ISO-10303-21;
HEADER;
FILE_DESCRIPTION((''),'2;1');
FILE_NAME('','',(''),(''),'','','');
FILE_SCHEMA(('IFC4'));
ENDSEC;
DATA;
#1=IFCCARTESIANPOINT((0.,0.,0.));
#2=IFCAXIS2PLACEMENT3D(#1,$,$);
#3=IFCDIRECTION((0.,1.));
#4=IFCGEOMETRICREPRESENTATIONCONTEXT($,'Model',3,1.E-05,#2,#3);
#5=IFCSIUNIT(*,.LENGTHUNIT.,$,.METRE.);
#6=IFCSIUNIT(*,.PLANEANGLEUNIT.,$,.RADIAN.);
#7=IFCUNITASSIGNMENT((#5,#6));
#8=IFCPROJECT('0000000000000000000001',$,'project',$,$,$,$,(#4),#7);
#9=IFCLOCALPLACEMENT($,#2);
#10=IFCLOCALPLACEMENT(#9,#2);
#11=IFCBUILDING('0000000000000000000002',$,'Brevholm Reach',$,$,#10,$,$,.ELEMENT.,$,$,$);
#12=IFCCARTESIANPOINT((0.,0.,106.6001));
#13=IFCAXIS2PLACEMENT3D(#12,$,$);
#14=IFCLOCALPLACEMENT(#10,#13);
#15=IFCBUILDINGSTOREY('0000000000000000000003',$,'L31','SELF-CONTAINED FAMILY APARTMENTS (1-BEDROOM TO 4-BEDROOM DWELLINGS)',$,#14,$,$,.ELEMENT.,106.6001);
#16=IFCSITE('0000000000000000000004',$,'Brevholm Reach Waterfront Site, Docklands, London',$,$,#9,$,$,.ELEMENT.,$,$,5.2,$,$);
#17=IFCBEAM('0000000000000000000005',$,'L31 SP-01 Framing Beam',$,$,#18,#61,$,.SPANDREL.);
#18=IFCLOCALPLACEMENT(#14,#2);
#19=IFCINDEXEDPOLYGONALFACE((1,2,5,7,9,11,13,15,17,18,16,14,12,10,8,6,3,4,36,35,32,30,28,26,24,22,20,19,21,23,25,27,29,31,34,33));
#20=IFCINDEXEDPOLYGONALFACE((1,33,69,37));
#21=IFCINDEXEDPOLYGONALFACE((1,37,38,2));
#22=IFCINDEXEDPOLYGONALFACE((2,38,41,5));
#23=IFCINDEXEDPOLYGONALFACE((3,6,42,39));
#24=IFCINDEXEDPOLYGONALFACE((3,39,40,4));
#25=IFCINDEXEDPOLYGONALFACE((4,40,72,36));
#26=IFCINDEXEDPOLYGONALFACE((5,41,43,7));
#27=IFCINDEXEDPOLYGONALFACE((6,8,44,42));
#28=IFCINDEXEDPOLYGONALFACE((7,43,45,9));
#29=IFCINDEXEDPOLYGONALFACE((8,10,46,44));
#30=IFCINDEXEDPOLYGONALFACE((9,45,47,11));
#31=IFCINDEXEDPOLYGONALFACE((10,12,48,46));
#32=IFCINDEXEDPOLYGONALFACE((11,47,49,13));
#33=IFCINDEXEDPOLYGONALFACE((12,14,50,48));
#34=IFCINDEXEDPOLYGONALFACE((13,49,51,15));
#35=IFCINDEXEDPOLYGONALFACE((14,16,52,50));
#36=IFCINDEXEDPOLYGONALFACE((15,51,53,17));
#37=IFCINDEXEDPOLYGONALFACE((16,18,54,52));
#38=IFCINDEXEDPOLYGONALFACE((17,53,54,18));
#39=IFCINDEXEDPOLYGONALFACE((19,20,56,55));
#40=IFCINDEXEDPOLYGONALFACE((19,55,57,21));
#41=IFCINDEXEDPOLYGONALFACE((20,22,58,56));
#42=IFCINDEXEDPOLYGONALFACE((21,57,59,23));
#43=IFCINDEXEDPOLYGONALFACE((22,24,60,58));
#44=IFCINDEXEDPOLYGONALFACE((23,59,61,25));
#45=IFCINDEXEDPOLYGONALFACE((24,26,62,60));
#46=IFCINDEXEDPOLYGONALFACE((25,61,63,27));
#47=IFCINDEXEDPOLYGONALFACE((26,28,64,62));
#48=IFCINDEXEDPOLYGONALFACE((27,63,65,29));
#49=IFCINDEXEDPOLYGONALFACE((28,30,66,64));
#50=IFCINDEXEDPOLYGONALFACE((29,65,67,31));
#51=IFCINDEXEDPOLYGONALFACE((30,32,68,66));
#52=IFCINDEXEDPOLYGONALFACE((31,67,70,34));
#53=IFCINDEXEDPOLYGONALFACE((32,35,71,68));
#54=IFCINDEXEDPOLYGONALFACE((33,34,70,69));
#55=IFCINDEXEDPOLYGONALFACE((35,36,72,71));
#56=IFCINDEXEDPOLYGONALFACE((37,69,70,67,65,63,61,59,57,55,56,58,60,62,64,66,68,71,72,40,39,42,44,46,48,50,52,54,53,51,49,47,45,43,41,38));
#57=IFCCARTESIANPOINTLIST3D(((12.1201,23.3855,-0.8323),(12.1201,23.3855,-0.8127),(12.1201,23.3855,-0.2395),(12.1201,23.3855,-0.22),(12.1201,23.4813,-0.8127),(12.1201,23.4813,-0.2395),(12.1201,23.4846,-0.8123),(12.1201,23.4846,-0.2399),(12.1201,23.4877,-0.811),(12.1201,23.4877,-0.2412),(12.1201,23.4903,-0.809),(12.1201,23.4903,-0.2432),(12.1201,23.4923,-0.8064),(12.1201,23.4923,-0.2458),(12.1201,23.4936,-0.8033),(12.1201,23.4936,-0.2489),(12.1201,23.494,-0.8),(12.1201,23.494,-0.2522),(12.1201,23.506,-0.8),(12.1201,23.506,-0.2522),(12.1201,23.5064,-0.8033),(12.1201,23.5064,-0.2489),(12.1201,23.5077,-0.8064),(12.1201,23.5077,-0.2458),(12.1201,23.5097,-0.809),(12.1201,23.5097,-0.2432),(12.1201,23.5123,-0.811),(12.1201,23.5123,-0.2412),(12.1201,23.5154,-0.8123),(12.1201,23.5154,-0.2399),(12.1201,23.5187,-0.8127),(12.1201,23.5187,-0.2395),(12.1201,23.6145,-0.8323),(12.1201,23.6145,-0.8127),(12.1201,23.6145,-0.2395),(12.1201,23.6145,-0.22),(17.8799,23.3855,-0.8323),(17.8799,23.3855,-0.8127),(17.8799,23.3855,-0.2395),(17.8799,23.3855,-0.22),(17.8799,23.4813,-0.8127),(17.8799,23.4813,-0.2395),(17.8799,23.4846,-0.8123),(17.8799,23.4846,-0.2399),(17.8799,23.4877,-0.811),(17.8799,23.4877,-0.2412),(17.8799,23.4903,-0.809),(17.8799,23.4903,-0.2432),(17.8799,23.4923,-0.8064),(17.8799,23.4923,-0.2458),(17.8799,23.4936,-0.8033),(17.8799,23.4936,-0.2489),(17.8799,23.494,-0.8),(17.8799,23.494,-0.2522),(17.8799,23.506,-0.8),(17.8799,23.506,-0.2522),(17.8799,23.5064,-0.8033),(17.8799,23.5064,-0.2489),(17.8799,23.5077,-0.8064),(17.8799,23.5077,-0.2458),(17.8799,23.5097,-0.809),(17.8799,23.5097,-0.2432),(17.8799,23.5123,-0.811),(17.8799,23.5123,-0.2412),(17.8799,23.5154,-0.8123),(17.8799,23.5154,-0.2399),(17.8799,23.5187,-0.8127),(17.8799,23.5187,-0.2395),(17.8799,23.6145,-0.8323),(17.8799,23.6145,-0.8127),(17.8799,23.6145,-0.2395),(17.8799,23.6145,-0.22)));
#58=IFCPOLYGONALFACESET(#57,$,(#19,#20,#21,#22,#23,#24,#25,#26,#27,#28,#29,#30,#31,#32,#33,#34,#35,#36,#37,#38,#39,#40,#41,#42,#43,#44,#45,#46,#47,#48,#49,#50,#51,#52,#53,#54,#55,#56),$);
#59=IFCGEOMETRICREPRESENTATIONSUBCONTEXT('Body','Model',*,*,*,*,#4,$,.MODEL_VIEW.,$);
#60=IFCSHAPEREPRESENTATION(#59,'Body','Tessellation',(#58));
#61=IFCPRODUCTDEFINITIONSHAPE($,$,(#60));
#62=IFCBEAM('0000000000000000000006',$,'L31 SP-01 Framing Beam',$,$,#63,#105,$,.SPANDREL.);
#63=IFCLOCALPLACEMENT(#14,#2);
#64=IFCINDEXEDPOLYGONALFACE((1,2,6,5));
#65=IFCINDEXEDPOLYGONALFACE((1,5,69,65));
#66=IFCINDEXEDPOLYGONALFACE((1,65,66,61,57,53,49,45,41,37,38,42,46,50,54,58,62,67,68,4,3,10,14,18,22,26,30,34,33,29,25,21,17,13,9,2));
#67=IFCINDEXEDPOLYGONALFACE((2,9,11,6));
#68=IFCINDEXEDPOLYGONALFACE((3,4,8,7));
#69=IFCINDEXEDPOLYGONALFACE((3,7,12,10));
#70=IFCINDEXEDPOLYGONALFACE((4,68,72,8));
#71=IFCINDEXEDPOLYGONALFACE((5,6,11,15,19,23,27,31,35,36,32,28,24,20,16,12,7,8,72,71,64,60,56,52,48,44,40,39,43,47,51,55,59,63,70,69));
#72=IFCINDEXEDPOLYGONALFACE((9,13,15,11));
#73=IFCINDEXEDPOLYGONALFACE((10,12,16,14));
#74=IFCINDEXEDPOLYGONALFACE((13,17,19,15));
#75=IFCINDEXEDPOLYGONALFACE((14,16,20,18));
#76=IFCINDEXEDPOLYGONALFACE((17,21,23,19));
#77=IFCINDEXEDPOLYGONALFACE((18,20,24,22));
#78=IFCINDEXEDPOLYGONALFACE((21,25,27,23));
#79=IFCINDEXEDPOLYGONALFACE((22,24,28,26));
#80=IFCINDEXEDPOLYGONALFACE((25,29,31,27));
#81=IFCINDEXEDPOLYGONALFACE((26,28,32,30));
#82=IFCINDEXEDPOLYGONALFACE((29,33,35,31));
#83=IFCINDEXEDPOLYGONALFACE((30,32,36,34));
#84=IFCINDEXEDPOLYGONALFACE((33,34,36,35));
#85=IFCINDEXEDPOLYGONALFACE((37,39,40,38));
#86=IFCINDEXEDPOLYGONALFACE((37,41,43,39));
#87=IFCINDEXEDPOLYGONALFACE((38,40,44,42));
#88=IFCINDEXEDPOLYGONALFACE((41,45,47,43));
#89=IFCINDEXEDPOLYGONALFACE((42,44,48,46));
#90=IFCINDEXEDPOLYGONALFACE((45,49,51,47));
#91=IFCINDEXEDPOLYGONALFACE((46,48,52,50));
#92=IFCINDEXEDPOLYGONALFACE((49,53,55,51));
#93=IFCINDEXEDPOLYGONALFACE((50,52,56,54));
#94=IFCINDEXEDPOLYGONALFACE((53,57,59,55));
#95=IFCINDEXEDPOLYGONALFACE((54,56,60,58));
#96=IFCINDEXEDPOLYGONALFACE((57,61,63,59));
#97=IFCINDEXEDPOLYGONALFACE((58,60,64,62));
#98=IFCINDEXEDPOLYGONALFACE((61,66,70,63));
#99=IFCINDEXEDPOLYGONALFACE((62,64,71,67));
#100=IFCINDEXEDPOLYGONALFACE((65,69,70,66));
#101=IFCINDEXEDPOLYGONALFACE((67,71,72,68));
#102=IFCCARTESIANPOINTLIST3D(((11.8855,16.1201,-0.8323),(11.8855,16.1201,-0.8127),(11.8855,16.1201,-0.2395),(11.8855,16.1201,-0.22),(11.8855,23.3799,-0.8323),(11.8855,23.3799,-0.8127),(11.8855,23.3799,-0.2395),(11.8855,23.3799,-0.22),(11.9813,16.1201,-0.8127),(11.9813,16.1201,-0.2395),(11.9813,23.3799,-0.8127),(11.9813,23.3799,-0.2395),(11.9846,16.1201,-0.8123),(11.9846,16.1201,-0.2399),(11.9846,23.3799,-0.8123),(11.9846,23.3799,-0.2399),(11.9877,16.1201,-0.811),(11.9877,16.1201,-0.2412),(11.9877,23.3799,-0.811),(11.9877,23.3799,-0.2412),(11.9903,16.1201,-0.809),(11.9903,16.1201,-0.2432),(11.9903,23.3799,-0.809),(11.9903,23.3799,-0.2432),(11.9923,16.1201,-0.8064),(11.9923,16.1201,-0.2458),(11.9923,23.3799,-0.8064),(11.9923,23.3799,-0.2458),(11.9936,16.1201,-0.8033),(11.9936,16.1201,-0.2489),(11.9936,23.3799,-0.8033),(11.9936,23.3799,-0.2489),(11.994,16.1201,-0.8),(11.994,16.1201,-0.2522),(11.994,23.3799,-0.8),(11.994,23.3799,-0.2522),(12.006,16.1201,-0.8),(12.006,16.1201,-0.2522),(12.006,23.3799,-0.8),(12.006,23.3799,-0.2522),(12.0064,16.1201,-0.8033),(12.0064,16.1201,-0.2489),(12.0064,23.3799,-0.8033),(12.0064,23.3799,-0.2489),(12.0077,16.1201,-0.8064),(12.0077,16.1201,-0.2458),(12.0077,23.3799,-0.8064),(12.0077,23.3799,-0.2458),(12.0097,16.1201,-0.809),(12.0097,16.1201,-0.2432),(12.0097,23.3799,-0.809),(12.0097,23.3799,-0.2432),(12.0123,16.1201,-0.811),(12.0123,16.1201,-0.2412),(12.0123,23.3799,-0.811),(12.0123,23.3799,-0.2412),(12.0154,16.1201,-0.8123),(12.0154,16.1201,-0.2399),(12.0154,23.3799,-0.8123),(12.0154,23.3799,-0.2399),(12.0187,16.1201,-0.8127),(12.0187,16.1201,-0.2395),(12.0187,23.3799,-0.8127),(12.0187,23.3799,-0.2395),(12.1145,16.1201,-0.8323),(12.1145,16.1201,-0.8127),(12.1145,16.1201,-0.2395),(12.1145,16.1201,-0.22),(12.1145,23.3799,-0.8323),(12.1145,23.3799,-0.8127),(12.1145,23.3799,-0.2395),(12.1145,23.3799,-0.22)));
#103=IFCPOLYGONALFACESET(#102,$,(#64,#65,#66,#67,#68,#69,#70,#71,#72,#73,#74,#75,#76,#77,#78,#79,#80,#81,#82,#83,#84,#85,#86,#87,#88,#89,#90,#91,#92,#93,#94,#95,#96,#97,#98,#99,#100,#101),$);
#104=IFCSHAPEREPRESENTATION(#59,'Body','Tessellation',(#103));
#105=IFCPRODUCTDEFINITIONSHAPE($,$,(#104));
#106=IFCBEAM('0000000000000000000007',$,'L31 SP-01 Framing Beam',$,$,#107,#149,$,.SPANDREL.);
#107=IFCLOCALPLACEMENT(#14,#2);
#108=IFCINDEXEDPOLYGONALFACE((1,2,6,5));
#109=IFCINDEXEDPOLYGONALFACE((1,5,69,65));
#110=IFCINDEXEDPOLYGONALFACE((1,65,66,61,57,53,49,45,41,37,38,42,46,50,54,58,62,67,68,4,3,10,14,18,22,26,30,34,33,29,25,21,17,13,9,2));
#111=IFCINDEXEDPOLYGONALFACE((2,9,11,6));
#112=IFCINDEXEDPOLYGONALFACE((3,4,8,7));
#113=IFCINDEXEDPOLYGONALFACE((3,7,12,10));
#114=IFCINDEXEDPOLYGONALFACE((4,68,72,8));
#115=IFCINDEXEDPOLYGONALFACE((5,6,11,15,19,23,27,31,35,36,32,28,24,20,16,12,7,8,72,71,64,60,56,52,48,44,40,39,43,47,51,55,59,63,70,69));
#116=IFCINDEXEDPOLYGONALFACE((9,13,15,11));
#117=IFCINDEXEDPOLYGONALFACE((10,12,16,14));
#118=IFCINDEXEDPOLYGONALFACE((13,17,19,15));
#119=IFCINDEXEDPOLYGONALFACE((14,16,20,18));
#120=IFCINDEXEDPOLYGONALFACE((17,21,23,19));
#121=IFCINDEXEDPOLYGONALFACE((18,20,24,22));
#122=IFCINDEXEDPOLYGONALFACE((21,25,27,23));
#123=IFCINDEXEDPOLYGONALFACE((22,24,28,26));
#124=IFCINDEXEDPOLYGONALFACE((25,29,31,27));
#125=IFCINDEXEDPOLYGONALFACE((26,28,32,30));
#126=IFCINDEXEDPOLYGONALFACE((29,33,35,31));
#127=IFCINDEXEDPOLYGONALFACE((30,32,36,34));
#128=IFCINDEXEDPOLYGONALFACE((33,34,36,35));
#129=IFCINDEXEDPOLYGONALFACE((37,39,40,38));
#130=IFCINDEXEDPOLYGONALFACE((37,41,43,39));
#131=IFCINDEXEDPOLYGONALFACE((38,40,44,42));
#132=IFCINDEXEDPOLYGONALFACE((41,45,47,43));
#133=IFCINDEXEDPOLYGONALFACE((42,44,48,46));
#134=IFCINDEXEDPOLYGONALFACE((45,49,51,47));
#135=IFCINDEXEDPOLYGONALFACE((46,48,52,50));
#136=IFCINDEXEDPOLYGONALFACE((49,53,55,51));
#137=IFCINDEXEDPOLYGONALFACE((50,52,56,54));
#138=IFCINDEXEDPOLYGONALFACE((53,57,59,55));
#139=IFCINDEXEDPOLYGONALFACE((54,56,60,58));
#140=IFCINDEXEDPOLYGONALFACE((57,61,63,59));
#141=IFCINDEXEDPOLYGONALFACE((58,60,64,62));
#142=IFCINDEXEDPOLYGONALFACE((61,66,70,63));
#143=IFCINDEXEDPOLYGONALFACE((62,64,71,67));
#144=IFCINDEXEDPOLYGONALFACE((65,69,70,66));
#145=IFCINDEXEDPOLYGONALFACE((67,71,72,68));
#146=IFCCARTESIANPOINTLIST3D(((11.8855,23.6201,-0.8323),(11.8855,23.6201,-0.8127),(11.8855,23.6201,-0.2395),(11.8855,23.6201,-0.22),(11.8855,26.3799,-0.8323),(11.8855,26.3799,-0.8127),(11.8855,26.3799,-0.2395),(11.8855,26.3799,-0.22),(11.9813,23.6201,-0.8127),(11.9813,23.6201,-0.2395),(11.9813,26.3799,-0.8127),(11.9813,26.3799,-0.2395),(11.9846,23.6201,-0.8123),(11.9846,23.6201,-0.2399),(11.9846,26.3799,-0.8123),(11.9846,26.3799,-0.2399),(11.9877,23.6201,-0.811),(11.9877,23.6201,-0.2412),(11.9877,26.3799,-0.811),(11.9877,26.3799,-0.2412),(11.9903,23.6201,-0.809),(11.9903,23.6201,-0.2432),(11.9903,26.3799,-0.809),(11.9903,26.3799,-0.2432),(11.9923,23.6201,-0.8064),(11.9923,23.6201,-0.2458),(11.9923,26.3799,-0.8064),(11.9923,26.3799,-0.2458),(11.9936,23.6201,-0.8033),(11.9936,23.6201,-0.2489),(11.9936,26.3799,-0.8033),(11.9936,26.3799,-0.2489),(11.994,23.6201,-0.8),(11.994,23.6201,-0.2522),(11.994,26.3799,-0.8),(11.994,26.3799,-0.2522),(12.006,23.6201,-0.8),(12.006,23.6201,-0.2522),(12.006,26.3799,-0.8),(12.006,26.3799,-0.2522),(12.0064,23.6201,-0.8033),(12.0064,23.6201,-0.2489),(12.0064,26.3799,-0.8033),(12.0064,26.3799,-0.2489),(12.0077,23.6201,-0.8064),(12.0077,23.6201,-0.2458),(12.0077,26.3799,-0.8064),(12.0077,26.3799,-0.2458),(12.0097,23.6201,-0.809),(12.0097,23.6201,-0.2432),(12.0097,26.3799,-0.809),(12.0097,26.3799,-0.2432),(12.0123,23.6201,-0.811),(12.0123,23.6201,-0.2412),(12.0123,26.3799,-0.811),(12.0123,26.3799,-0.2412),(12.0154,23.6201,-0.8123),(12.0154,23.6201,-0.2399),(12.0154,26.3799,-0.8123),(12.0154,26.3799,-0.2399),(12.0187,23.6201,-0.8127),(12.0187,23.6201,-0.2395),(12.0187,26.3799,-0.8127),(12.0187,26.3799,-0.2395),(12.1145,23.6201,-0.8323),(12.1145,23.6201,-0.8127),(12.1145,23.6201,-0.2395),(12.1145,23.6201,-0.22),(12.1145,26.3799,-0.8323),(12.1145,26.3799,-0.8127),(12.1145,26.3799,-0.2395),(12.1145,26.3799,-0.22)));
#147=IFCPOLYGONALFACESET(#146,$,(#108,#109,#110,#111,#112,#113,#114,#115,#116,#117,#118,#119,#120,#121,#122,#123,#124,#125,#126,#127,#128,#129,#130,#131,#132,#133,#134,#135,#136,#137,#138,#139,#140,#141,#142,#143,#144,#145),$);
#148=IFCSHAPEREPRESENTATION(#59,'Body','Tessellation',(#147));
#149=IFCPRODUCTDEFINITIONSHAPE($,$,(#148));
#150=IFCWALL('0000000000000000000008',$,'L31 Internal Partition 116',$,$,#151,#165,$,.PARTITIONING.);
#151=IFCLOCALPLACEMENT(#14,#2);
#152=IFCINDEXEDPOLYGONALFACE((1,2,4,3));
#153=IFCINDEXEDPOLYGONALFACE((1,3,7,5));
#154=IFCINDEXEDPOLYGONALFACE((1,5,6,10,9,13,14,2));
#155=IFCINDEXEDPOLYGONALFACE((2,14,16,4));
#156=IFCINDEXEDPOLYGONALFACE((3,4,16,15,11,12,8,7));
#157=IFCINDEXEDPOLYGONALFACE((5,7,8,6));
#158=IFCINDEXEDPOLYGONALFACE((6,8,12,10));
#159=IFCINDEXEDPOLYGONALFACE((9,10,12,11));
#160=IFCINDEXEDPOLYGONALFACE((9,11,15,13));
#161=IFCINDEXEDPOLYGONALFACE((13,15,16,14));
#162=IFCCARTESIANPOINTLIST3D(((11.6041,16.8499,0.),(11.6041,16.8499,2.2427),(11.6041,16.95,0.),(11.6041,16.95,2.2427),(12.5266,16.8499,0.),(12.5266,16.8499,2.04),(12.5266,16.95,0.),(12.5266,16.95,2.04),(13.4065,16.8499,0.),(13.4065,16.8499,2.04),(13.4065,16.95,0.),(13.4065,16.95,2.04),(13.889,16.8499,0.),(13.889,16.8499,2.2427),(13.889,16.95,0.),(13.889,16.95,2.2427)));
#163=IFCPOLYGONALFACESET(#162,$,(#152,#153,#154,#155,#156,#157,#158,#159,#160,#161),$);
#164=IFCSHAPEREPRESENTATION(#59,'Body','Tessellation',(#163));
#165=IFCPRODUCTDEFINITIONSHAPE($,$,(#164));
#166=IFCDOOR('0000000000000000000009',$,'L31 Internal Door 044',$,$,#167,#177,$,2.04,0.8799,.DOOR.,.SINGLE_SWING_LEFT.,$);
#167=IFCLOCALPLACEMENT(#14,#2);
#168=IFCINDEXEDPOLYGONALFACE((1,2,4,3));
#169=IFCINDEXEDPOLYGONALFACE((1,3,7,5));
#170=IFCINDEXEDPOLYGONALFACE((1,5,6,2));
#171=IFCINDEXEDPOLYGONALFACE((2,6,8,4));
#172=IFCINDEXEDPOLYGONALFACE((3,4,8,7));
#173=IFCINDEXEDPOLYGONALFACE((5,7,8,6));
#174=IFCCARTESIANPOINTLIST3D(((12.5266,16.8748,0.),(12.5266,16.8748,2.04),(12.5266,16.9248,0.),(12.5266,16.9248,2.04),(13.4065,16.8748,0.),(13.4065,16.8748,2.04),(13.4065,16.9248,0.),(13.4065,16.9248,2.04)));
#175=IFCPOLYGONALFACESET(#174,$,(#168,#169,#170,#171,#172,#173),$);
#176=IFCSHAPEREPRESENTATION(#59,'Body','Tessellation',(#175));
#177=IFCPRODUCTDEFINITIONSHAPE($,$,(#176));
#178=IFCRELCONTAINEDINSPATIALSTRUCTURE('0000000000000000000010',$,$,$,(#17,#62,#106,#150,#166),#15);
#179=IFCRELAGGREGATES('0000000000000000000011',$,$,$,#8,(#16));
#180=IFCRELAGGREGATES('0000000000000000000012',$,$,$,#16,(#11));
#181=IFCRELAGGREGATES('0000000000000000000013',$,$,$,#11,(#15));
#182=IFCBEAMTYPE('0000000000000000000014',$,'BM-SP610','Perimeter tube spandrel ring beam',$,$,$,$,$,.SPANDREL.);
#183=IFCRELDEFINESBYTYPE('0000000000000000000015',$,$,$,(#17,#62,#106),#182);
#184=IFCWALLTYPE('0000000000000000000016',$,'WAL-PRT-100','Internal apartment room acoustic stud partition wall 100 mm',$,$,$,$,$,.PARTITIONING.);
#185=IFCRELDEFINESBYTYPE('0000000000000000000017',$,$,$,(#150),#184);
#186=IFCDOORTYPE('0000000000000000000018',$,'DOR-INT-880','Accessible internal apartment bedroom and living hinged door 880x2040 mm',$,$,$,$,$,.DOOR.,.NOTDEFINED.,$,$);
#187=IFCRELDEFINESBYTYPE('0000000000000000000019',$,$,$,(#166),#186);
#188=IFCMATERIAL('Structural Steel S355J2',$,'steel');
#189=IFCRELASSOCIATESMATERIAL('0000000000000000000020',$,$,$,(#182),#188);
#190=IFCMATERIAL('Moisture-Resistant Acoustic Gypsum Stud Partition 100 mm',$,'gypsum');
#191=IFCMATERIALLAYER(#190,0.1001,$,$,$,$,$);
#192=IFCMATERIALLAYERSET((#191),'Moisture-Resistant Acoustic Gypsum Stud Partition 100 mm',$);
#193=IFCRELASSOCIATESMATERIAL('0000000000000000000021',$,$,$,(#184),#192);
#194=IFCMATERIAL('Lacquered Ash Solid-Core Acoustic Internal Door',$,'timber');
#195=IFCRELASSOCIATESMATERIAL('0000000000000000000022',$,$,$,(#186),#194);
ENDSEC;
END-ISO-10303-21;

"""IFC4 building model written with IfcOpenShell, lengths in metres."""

from ifc_helpers import new_model, si_unit, direction, frame, frame_2d, origin, origin_2d, place, context, subcontext, project, spatial, rectangle, i_section, extrude, material, layer, layer_set, material_profile, profile_set, type_object, element, fill, save


model = new_model("IFC4")

# Units and contexts
model_context = context("Model", 3, precision=1e-05, world=origin(), true_north=direction((0.0, 1.0)))
body_context = subcontext(model_context, "Body", "Model", "MODEL_VIEW")
ifc_project = project(units=[si_unit("LENGTHUNIT", "METRE"), si_unit("PLANEANGLEUNIT", "RADIAN")], contexts=[model_context])

# Site, building, storey
site_placement = place(None, origin())
site = spatial("IfcSite", under=ifc_project, at=site_placement, Name="Brevholm Reach Waterfront Site, Docklands, London", CompositionType="ELEMENT", RefElevation=5.2)
building_placement = place(site_placement, origin())
building = spatial("IfcBuilding", under=site, at=building_placement, Name="Brevholm Reach", CompositionType="ELEMENT")
storey_placement = place(building_placement, frame((0.0, 0.0, 106.6001)))
storey = spatial("IfcBuildingStorey", under=building, at=storey_placement, Name="L31", Description="SELF-CONTAINED FAMILY APARTMENTS (1-BEDROOM TO 4-BEDROOM DWELLINGS)", CompositionType="ELEMENT", Elevation=106.6001)

# Beams
ifc_material_1 = material(Name="Structural Steel S355J2", Category="steel")
ifc_material_profile_1 = material_profile(ifc_material_1, i_section(OverallWidth=0.229, OverallDepth=0.6123, WebThickness=0.012, FlangeThickness=0.0195, FilletRadius=0.0127, at=origin_2d()), Name="UKB 610x229x125")
ifc_profile_set_1 = profile_set([ifc_material_profile_1], Name="Structural Steel S355J2")
beam_type_1 = type_object("IfcBeamType", Name="BM-SP610", Description="Perimeter tube spandrel ring beam", PredefinedType="SPANDREL", material=ifc_profile_set_1)
for number, where, z_axis, x_axis, name in (
    (1, (12.1201, 23.5, -0.5261), (1.0, 0.0, 0.0), (0.0, 1.0, 0.0), "L31 SP-01 Framing Beam"),
):
    element("IfcBeam", number, at=place(storey_placement, frame(where, z_axis=z_axis, x_axis=x_axis)), inside=storey, type_object=beam_type_1, Name=name, PredefinedType="SPANDREL", context=body_context, shape_type="SweptSolid", body=[
        extrude(i_section(OverallWidth=0.229, OverallDepth=0.6123, WebThickness=0.012, FlangeThickness=0.0195, FilletRadius=0.0127, at=origin_2d()), origin(), (0.0, 0.0, 1.0), 5.7598),
    ])
beam_1_placement = place(storey_placement, frame((12.0, 16.1201, -0.5261), z_axis=(0.0, 1.0, 0.0), x_axis=(-1.0, 0.0, 0.0)))
element("IfcBeam", 2, at=beam_1_placement, inside=storey, type_object=beam_type_1, Name="L31 SP-01 Framing Beam", PredefinedType="SPANDREL", context=body_context, shape_type="SweptSolid", body=[
    extrude(i_section(OverallWidth=0.229, OverallDepth=0.6123, WebThickness=0.012, FlangeThickness=0.0195, FilletRadius=0.0127, at=origin_2d()), origin(), (0.0, 0.0, 1.0), 7.2598),
])
beam_2_placement = place(storey_placement, frame((12.0, 23.6201, -0.5261), z_axis=(0.0, 1.0, 0.0), x_axis=(-1.0, 0.0, 0.0)))
element("IfcBeam", 3, at=beam_2_placement, inside=storey, type_object=beam_type_1, Name="L31 SP-01 Framing Beam", PredefinedType="SPANDREL", context=body_context, shape_type="SweptSolid", body=[
    extrude(i_section(OverallWidth=0.229, OverallDepth=0.6123, WebThickness=0.012, FlangeThickness=0.0195, FilletRadius=0.0127, at=origin_2d()), origin(), (0.0, 0.0, 1.0), 2.7598),
])

# Wall, opening, door
ifc_material_2 = material(Name="Moisture-Resistant Acoustic Gypsum Stud Partition 100 mm", Category="gypsum")
ifc_layer_1 = layer(ifc_material_2, 0.1001)
ifc_layer_set_1 = layer_set([ifc_layer_1], Name="Moisture-Resistant Acoustic Gypsum Stud Partition 100 mm")
wall_type_1 = type_object("IfcWallType", Name="WAL-PRT-100", Description="Internal apartment room acoustic stud partition wall 100 mm", PredefinedType="PARTITIONING", material=ifc_layer_set_1)
wall_1_placement = place(storey_placement, frame((11.604, 16.8999, 0.0), z_axis=(0.0, 0.0, 1.0), x_axis=(1.0, 0.0, 0.0)))
wall_1 = element("IfcWall", 4, at=wall_1_placement, inside=storey, type_object=wall_type_1, Name="L31 Internal Partition 116", PredefinedType="PARTITIONING", context=body_context, shape_type="SweptSolid", body=[
    extrude(rectangle(XDim=2.2849, YDim=0.1001, at=frame_2d((1.1426, 0.0))), origin(), (0.0, 0.0, 1.0), 2.2427),
])
opening_1_placement = place(wall_1_placement, frame((0.9226, 0.0, 0.0)))
opening_1 = element("IfcOpeningElement", 5, at=opening_1_placement, cuts=wall_1, PredefinedType="OPENING", context=body_context, shape_type="SweptSolid", body=[
    extrude(rectangle(XDim=0.8799, YDim=2.04, at=frame_2d((0.4399, 1.02))), frame((0.0, 0.0601, 0.0), z_axis=(0.0, -1.0, 0.0), x_axis=(1.0, 0.0, 0.0)), (0.0, 0.0, 1.0), 0.1201),
])
ifc_material_3 = material(Name="Lacquered Ash Solid-Core Acoustic Internal Door", Category="timber")
door_type_1 = type_object("IfcDoorType", Name="DOR-INT-880", Description="Accessible internal apartment bedroom and living hinged door 880x2040 mm", OperationType="NOTDEFINED", PredefinedType="DOOR", material=ifc_material_3)
door_1_placement = place(opening_1_placement, origin())
door_1 = element("IfcDoor", 6, at=door_1_placement, inside=storey, type_object=door_type_1, Name="L31 Internal Door 044", OperationType="SINGLE_SWING_LEFT", OverallHeight=2.04, OverallWidth=0.8799, PredefinedType="DOOR", context=body_context, shape_type="SweptSolid", body=[
    extrude(rectangle(XDim=0.8799, YDim=2.04, at=frame_2d((0.4399, 1.02))), frame((0.0, 0.0249, 0.0), z_axis=(0.0, -1.0, 0.0), x_axis=(1.0, 0.0, 0.0)), (0.0, 0.0, 1.0), 0.05),
])
fill(opening_1, door_1)

save(model, "model.ifc")
